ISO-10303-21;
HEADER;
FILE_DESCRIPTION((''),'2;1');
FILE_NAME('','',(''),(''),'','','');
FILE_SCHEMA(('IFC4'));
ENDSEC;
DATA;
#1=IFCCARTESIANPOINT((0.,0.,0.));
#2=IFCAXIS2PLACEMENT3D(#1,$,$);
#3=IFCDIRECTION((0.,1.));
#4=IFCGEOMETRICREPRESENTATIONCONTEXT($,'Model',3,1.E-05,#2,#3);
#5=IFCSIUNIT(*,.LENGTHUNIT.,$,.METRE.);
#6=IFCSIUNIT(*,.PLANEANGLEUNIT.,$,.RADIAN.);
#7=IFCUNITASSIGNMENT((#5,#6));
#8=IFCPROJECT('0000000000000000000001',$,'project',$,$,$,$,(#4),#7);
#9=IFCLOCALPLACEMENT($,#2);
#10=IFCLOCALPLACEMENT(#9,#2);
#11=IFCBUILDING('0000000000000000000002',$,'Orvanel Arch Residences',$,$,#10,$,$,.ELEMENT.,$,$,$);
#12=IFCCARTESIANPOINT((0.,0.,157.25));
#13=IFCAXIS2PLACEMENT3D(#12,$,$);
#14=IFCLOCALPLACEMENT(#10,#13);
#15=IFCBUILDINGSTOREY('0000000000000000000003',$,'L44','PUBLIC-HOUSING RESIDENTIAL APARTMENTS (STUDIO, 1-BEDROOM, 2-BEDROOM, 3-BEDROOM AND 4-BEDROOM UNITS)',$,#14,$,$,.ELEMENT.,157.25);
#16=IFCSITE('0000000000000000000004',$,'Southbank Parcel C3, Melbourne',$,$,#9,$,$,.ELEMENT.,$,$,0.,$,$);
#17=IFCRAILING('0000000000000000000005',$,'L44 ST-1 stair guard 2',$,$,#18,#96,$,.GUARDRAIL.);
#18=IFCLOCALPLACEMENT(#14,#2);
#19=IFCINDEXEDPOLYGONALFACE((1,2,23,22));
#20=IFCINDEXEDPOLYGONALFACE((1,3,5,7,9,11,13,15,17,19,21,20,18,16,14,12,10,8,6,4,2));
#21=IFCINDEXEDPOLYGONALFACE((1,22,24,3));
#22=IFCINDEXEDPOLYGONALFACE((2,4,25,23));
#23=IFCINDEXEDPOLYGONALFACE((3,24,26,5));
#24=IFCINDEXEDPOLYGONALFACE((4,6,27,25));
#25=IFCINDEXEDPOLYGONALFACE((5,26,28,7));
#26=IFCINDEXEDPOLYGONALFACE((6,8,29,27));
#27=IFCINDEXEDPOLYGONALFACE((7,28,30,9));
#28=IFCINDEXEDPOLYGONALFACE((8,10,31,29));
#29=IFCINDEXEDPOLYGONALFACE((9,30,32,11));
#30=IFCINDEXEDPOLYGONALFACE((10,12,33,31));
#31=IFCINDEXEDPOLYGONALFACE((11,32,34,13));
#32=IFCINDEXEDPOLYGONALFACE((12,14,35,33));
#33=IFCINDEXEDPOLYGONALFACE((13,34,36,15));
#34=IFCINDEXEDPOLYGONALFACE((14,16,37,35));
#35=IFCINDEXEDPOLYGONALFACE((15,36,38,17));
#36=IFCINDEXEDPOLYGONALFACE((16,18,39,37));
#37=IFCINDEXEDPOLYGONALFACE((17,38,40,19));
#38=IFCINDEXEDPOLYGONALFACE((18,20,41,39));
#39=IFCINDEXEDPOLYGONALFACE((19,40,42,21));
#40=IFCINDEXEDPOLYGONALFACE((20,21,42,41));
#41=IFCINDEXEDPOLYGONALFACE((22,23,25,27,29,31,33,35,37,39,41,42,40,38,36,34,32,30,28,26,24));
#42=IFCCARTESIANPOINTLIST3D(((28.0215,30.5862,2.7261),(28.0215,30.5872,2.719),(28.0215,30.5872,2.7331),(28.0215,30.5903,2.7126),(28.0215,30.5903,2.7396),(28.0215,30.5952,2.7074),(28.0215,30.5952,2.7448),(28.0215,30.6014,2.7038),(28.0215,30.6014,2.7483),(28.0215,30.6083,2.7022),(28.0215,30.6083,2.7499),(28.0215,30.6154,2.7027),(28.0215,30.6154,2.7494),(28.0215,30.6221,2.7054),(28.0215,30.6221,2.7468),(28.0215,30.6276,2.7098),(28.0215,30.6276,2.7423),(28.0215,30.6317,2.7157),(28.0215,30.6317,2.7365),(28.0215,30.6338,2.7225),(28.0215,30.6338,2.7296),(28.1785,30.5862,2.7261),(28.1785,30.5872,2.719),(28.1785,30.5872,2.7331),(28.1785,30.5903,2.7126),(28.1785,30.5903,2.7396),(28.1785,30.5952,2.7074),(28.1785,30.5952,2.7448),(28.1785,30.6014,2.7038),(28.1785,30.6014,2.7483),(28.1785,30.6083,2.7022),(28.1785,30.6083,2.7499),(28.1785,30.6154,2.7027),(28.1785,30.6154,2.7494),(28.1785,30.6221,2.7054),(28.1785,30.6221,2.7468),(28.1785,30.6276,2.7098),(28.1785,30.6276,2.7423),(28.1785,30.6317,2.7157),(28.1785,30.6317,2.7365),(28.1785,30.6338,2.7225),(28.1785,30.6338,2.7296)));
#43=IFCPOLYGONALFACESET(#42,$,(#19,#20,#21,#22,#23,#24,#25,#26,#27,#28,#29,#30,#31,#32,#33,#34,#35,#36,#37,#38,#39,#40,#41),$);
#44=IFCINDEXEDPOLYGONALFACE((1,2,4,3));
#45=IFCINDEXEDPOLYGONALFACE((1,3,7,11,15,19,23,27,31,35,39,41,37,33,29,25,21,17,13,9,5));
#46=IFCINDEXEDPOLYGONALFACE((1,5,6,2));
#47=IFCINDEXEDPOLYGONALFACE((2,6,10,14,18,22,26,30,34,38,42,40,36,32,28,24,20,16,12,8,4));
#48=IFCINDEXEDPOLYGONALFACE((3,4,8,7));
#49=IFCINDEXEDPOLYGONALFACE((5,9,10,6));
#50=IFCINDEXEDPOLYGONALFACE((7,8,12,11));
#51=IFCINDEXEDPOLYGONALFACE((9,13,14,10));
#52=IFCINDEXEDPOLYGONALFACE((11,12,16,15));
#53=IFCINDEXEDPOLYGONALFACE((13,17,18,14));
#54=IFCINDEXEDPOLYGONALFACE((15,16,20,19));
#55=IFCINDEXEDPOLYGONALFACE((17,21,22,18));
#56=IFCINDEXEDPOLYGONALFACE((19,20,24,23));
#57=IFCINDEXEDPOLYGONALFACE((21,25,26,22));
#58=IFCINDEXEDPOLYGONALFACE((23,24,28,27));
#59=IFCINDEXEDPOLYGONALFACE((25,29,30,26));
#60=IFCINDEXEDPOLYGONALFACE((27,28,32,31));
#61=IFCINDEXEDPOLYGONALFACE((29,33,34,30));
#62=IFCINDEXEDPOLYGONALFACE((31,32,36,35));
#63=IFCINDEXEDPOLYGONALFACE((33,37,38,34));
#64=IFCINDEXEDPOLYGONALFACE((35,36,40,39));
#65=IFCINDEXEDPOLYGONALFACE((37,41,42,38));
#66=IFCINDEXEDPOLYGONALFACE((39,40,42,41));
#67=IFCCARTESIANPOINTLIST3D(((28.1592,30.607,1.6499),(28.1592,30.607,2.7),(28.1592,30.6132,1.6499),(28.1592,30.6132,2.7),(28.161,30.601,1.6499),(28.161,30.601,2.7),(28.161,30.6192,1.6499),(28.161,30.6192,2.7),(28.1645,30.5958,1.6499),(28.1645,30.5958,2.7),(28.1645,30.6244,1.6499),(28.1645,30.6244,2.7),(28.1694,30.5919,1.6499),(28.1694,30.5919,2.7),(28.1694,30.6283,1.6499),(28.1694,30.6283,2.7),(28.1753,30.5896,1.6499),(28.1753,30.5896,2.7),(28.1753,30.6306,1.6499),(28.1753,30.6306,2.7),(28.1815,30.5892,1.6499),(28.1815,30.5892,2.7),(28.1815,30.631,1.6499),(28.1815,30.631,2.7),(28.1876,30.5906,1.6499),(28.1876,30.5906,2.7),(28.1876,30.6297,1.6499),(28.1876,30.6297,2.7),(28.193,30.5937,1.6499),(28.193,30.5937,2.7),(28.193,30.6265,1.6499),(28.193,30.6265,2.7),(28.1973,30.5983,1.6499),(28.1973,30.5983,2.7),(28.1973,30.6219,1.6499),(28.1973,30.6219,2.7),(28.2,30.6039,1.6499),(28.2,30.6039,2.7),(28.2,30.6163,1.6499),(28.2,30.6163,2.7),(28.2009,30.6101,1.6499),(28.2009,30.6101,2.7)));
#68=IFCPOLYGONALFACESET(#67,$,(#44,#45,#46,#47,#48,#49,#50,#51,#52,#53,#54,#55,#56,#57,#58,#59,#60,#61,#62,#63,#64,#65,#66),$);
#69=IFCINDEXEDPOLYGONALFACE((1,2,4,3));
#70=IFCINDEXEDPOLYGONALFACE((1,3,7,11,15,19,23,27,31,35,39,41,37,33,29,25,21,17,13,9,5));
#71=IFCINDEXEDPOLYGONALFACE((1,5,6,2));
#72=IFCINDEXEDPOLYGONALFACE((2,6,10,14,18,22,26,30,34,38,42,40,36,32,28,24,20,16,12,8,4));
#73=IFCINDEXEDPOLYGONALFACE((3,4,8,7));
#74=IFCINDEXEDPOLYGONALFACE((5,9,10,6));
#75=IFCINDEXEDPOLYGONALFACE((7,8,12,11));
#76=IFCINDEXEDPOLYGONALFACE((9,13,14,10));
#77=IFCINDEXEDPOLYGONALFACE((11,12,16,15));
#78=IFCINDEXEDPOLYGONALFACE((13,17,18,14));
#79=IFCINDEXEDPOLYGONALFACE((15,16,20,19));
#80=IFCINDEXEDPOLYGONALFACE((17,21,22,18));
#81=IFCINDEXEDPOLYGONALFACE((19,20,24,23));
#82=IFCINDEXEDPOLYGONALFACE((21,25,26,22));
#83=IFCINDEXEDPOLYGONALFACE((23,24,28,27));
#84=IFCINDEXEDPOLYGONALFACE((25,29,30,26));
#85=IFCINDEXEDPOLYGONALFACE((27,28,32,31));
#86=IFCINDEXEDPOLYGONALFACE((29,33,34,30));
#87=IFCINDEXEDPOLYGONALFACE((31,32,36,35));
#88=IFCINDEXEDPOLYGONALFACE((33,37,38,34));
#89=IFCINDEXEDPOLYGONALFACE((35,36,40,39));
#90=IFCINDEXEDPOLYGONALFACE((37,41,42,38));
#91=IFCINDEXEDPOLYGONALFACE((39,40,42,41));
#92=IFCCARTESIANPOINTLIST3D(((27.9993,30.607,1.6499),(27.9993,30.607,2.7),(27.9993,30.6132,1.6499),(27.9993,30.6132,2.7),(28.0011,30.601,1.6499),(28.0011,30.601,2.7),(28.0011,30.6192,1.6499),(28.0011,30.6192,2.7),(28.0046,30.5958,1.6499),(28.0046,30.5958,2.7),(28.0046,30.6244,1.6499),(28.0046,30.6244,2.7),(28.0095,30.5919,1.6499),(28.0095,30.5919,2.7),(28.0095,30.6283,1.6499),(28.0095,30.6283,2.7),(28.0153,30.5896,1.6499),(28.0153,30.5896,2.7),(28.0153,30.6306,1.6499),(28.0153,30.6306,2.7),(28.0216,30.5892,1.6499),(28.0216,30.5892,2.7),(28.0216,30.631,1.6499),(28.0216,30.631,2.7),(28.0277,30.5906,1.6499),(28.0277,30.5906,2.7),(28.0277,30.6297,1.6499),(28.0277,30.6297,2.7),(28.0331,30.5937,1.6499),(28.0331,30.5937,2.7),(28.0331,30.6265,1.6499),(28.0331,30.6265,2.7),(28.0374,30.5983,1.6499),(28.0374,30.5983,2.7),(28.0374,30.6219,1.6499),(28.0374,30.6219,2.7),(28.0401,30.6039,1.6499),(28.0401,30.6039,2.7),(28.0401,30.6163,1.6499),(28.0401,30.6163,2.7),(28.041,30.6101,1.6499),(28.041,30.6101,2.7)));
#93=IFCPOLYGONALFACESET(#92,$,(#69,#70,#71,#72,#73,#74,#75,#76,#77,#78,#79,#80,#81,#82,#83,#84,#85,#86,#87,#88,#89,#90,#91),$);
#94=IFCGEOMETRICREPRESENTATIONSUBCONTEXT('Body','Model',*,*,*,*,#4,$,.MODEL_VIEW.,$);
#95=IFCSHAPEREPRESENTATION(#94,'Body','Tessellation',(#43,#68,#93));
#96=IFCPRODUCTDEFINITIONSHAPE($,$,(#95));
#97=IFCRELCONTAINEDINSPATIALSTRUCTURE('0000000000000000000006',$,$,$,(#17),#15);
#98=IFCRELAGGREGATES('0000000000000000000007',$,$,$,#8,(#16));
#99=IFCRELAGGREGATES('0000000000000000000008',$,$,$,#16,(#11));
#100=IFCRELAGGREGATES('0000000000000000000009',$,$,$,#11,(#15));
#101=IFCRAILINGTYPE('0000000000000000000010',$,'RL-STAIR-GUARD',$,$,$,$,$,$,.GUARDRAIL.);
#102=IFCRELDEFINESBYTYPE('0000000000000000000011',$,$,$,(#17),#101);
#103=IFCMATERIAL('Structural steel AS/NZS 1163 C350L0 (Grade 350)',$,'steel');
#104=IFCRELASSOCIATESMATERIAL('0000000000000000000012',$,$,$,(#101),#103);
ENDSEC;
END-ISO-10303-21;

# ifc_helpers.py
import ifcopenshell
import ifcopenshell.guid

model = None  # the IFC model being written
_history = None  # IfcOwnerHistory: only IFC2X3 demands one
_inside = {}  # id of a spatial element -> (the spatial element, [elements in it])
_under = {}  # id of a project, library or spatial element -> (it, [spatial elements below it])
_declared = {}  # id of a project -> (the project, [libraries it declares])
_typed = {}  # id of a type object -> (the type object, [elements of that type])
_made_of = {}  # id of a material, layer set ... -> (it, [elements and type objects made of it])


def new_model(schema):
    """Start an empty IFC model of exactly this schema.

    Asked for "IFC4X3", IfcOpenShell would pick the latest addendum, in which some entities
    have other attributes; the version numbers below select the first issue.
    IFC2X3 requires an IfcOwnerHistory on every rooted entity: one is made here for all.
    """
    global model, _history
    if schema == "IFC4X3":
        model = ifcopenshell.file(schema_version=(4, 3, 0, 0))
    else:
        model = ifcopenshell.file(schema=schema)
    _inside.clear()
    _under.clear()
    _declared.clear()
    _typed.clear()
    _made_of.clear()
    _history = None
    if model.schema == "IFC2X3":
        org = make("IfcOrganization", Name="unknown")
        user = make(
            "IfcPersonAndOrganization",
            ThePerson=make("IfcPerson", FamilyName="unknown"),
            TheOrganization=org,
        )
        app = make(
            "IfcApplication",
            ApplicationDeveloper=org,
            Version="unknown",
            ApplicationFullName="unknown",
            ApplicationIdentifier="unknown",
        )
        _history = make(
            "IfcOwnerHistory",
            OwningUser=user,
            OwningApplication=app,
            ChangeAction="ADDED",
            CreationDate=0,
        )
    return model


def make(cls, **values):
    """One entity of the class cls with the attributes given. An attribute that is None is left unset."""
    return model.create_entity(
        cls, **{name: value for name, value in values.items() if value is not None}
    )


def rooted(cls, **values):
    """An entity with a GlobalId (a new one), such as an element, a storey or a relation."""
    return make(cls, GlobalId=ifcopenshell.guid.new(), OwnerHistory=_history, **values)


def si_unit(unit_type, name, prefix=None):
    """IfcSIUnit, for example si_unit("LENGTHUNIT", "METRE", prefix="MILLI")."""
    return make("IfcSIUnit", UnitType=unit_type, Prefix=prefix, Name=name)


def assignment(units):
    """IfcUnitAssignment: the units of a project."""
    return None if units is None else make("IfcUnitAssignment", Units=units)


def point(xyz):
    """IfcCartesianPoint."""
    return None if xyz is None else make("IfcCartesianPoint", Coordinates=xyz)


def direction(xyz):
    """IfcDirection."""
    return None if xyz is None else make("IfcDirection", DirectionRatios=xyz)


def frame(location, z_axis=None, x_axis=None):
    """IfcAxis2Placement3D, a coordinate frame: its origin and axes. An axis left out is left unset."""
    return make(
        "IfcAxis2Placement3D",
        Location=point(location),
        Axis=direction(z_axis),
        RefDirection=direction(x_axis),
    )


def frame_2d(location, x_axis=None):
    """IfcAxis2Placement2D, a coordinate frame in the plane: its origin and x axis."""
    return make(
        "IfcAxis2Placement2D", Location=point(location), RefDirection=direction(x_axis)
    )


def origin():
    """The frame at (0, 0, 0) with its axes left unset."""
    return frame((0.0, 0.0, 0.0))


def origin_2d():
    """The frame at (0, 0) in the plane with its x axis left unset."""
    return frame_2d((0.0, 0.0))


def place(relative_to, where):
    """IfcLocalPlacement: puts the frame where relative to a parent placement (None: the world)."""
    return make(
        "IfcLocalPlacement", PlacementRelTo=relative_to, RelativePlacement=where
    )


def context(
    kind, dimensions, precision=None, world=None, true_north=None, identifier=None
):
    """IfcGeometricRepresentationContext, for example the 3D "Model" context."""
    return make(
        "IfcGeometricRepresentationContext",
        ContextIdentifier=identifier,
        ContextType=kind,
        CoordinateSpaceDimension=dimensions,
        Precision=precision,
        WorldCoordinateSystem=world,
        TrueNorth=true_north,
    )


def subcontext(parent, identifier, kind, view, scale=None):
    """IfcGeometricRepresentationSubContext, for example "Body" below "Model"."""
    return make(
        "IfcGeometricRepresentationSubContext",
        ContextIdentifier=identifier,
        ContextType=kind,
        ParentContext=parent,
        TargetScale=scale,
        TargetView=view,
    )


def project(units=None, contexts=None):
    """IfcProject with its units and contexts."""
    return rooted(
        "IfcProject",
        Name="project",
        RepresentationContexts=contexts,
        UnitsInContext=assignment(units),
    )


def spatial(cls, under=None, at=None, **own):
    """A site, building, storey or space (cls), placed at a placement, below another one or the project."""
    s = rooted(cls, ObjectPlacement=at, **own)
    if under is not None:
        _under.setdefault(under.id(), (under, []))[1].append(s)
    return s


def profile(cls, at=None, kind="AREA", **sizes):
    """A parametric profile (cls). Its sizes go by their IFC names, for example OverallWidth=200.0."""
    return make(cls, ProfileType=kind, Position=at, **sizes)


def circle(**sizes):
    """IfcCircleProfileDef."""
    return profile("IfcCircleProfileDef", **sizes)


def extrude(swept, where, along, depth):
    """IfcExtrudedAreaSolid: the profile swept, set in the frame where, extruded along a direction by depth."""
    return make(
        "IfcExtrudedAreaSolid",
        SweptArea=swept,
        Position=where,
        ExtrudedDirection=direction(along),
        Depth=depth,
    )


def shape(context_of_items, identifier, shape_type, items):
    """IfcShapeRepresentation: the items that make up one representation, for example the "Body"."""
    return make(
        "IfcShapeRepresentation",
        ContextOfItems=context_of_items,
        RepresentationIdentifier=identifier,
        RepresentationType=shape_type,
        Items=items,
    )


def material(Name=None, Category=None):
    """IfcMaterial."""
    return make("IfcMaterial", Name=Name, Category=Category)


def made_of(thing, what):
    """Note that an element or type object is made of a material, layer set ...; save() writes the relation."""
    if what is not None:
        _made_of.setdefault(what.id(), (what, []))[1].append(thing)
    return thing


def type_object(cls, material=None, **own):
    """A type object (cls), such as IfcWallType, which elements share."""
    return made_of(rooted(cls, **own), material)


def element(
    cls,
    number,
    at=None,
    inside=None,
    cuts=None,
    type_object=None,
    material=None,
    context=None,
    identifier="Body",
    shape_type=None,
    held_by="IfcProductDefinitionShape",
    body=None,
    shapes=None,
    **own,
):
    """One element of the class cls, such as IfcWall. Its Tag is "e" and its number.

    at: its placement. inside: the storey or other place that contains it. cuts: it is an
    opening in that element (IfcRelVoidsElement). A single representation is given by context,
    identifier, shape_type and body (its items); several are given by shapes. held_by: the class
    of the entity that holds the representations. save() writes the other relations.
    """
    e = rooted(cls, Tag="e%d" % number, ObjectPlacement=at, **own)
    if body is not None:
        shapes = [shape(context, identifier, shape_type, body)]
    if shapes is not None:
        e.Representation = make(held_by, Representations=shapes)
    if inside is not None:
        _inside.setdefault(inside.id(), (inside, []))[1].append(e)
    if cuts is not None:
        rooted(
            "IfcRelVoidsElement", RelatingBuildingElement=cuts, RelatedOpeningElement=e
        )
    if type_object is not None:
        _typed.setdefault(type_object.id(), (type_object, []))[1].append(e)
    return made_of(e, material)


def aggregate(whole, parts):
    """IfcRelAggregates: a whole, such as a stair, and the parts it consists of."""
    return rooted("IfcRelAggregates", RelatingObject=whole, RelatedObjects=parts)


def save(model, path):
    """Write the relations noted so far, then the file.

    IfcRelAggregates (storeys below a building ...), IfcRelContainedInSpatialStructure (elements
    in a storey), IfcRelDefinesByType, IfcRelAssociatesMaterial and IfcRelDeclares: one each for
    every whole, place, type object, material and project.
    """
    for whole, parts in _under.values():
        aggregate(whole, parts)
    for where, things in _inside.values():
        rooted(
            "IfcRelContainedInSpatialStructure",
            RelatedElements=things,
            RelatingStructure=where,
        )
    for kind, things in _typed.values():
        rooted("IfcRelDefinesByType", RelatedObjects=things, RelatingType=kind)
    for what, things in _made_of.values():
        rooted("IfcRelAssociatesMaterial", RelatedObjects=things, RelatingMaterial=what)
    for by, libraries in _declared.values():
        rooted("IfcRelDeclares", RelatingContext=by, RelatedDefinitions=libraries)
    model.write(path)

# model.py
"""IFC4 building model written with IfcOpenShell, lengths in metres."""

from ifc_helpers import new_model, si_unit, direction, frame, origin, origin_2d, place, context, subcontext, project, spatial, circle, extrude, material, type_object, element, save


model = new_model("IFC4")

# Units and contexts
model_context = context("Model", 3, precision=1e-05, world=origin(), true_north=direction((0.0, 1.0)))
body_context = subcontext(model_context, "Body", "Model", "MODEL_VIEW")
ifc_project = project(units=[si_unit("LENGTHUNIT", "METRE"), si_unit("PLANEANGLEUNIT", "RADIAN")], contexts=[model_context])

# Site, building, storey
site_placement = place(None, origin())
site = spatial("IfcSite", under=ifc_project, at=site_placement, Name="Southbank Parcel C3, Melbourne", CompositionType="ELEMENT", RefElevation=0.0)
building_placement = place(site_placement, origin())
building = spatial("IfcBuilding", under=site, at=building_placement, Name="Orvanel Arch Residences", CompositionType="ELEMENT")
storey_placement = place(building_placement, frame((0.0, 0.0, 157.25)))
storey = spatial("IfcBuildingStorey", under=building, at=storey_placement, Name="L44", Description="PUBLIC-HOUSING RESIDENTIAL APARTMENTS (STUDIO, 1-BEDROOM, 2-BEDROOM, 3-BEDROOM AND 4-BEDROOM UNITS)", CompositionType="ELEMENT", Elevation=157.25)

# Railing
ifc_material_1 = material(Name="Structural steel AS/NZS 1163 C350L0 (Grade 350)", Category="steel")
railing_type_1 = type_object("IfcRailingType", Name="RL-STAIR-GUARD", PredefinedType="GUARDRAIL", material=ifc_material_1)
railing_1_placement = place(storey_placement, frame((28.1799, 30.6101, 1.6499)))
element("IfcRailing", 1, at=railing_1_placement, inside=storey, type_object=railing_type_1, Name="L44 ST-1 stair guard 2", PredefinedType="GUARDRAIL", context=body_context, shape_type="SweptSolid", body=[
    extrude(circle(Radius=0.0239, at=origin_2d()), frame((-0.0015, 0.0, 1.0762), z_axis=(-1.0, 0.0, 0.0), x_axis=(0.0, -1.0, 0.0)), (0.0, 0.0, 1.0), 0.157),
    extrude(circle(Radius=0.021, at=origin_2d()), origin(), (0.0, 0.0, 1.0), 1.05),
    extrude(circle(Radius=0.021, at=origin_2d()), frame((-0.1599, 0.0, 0.0)), (0.0, 0.0, 1.0), 1.05),
])

save(model, "model.ifc")
